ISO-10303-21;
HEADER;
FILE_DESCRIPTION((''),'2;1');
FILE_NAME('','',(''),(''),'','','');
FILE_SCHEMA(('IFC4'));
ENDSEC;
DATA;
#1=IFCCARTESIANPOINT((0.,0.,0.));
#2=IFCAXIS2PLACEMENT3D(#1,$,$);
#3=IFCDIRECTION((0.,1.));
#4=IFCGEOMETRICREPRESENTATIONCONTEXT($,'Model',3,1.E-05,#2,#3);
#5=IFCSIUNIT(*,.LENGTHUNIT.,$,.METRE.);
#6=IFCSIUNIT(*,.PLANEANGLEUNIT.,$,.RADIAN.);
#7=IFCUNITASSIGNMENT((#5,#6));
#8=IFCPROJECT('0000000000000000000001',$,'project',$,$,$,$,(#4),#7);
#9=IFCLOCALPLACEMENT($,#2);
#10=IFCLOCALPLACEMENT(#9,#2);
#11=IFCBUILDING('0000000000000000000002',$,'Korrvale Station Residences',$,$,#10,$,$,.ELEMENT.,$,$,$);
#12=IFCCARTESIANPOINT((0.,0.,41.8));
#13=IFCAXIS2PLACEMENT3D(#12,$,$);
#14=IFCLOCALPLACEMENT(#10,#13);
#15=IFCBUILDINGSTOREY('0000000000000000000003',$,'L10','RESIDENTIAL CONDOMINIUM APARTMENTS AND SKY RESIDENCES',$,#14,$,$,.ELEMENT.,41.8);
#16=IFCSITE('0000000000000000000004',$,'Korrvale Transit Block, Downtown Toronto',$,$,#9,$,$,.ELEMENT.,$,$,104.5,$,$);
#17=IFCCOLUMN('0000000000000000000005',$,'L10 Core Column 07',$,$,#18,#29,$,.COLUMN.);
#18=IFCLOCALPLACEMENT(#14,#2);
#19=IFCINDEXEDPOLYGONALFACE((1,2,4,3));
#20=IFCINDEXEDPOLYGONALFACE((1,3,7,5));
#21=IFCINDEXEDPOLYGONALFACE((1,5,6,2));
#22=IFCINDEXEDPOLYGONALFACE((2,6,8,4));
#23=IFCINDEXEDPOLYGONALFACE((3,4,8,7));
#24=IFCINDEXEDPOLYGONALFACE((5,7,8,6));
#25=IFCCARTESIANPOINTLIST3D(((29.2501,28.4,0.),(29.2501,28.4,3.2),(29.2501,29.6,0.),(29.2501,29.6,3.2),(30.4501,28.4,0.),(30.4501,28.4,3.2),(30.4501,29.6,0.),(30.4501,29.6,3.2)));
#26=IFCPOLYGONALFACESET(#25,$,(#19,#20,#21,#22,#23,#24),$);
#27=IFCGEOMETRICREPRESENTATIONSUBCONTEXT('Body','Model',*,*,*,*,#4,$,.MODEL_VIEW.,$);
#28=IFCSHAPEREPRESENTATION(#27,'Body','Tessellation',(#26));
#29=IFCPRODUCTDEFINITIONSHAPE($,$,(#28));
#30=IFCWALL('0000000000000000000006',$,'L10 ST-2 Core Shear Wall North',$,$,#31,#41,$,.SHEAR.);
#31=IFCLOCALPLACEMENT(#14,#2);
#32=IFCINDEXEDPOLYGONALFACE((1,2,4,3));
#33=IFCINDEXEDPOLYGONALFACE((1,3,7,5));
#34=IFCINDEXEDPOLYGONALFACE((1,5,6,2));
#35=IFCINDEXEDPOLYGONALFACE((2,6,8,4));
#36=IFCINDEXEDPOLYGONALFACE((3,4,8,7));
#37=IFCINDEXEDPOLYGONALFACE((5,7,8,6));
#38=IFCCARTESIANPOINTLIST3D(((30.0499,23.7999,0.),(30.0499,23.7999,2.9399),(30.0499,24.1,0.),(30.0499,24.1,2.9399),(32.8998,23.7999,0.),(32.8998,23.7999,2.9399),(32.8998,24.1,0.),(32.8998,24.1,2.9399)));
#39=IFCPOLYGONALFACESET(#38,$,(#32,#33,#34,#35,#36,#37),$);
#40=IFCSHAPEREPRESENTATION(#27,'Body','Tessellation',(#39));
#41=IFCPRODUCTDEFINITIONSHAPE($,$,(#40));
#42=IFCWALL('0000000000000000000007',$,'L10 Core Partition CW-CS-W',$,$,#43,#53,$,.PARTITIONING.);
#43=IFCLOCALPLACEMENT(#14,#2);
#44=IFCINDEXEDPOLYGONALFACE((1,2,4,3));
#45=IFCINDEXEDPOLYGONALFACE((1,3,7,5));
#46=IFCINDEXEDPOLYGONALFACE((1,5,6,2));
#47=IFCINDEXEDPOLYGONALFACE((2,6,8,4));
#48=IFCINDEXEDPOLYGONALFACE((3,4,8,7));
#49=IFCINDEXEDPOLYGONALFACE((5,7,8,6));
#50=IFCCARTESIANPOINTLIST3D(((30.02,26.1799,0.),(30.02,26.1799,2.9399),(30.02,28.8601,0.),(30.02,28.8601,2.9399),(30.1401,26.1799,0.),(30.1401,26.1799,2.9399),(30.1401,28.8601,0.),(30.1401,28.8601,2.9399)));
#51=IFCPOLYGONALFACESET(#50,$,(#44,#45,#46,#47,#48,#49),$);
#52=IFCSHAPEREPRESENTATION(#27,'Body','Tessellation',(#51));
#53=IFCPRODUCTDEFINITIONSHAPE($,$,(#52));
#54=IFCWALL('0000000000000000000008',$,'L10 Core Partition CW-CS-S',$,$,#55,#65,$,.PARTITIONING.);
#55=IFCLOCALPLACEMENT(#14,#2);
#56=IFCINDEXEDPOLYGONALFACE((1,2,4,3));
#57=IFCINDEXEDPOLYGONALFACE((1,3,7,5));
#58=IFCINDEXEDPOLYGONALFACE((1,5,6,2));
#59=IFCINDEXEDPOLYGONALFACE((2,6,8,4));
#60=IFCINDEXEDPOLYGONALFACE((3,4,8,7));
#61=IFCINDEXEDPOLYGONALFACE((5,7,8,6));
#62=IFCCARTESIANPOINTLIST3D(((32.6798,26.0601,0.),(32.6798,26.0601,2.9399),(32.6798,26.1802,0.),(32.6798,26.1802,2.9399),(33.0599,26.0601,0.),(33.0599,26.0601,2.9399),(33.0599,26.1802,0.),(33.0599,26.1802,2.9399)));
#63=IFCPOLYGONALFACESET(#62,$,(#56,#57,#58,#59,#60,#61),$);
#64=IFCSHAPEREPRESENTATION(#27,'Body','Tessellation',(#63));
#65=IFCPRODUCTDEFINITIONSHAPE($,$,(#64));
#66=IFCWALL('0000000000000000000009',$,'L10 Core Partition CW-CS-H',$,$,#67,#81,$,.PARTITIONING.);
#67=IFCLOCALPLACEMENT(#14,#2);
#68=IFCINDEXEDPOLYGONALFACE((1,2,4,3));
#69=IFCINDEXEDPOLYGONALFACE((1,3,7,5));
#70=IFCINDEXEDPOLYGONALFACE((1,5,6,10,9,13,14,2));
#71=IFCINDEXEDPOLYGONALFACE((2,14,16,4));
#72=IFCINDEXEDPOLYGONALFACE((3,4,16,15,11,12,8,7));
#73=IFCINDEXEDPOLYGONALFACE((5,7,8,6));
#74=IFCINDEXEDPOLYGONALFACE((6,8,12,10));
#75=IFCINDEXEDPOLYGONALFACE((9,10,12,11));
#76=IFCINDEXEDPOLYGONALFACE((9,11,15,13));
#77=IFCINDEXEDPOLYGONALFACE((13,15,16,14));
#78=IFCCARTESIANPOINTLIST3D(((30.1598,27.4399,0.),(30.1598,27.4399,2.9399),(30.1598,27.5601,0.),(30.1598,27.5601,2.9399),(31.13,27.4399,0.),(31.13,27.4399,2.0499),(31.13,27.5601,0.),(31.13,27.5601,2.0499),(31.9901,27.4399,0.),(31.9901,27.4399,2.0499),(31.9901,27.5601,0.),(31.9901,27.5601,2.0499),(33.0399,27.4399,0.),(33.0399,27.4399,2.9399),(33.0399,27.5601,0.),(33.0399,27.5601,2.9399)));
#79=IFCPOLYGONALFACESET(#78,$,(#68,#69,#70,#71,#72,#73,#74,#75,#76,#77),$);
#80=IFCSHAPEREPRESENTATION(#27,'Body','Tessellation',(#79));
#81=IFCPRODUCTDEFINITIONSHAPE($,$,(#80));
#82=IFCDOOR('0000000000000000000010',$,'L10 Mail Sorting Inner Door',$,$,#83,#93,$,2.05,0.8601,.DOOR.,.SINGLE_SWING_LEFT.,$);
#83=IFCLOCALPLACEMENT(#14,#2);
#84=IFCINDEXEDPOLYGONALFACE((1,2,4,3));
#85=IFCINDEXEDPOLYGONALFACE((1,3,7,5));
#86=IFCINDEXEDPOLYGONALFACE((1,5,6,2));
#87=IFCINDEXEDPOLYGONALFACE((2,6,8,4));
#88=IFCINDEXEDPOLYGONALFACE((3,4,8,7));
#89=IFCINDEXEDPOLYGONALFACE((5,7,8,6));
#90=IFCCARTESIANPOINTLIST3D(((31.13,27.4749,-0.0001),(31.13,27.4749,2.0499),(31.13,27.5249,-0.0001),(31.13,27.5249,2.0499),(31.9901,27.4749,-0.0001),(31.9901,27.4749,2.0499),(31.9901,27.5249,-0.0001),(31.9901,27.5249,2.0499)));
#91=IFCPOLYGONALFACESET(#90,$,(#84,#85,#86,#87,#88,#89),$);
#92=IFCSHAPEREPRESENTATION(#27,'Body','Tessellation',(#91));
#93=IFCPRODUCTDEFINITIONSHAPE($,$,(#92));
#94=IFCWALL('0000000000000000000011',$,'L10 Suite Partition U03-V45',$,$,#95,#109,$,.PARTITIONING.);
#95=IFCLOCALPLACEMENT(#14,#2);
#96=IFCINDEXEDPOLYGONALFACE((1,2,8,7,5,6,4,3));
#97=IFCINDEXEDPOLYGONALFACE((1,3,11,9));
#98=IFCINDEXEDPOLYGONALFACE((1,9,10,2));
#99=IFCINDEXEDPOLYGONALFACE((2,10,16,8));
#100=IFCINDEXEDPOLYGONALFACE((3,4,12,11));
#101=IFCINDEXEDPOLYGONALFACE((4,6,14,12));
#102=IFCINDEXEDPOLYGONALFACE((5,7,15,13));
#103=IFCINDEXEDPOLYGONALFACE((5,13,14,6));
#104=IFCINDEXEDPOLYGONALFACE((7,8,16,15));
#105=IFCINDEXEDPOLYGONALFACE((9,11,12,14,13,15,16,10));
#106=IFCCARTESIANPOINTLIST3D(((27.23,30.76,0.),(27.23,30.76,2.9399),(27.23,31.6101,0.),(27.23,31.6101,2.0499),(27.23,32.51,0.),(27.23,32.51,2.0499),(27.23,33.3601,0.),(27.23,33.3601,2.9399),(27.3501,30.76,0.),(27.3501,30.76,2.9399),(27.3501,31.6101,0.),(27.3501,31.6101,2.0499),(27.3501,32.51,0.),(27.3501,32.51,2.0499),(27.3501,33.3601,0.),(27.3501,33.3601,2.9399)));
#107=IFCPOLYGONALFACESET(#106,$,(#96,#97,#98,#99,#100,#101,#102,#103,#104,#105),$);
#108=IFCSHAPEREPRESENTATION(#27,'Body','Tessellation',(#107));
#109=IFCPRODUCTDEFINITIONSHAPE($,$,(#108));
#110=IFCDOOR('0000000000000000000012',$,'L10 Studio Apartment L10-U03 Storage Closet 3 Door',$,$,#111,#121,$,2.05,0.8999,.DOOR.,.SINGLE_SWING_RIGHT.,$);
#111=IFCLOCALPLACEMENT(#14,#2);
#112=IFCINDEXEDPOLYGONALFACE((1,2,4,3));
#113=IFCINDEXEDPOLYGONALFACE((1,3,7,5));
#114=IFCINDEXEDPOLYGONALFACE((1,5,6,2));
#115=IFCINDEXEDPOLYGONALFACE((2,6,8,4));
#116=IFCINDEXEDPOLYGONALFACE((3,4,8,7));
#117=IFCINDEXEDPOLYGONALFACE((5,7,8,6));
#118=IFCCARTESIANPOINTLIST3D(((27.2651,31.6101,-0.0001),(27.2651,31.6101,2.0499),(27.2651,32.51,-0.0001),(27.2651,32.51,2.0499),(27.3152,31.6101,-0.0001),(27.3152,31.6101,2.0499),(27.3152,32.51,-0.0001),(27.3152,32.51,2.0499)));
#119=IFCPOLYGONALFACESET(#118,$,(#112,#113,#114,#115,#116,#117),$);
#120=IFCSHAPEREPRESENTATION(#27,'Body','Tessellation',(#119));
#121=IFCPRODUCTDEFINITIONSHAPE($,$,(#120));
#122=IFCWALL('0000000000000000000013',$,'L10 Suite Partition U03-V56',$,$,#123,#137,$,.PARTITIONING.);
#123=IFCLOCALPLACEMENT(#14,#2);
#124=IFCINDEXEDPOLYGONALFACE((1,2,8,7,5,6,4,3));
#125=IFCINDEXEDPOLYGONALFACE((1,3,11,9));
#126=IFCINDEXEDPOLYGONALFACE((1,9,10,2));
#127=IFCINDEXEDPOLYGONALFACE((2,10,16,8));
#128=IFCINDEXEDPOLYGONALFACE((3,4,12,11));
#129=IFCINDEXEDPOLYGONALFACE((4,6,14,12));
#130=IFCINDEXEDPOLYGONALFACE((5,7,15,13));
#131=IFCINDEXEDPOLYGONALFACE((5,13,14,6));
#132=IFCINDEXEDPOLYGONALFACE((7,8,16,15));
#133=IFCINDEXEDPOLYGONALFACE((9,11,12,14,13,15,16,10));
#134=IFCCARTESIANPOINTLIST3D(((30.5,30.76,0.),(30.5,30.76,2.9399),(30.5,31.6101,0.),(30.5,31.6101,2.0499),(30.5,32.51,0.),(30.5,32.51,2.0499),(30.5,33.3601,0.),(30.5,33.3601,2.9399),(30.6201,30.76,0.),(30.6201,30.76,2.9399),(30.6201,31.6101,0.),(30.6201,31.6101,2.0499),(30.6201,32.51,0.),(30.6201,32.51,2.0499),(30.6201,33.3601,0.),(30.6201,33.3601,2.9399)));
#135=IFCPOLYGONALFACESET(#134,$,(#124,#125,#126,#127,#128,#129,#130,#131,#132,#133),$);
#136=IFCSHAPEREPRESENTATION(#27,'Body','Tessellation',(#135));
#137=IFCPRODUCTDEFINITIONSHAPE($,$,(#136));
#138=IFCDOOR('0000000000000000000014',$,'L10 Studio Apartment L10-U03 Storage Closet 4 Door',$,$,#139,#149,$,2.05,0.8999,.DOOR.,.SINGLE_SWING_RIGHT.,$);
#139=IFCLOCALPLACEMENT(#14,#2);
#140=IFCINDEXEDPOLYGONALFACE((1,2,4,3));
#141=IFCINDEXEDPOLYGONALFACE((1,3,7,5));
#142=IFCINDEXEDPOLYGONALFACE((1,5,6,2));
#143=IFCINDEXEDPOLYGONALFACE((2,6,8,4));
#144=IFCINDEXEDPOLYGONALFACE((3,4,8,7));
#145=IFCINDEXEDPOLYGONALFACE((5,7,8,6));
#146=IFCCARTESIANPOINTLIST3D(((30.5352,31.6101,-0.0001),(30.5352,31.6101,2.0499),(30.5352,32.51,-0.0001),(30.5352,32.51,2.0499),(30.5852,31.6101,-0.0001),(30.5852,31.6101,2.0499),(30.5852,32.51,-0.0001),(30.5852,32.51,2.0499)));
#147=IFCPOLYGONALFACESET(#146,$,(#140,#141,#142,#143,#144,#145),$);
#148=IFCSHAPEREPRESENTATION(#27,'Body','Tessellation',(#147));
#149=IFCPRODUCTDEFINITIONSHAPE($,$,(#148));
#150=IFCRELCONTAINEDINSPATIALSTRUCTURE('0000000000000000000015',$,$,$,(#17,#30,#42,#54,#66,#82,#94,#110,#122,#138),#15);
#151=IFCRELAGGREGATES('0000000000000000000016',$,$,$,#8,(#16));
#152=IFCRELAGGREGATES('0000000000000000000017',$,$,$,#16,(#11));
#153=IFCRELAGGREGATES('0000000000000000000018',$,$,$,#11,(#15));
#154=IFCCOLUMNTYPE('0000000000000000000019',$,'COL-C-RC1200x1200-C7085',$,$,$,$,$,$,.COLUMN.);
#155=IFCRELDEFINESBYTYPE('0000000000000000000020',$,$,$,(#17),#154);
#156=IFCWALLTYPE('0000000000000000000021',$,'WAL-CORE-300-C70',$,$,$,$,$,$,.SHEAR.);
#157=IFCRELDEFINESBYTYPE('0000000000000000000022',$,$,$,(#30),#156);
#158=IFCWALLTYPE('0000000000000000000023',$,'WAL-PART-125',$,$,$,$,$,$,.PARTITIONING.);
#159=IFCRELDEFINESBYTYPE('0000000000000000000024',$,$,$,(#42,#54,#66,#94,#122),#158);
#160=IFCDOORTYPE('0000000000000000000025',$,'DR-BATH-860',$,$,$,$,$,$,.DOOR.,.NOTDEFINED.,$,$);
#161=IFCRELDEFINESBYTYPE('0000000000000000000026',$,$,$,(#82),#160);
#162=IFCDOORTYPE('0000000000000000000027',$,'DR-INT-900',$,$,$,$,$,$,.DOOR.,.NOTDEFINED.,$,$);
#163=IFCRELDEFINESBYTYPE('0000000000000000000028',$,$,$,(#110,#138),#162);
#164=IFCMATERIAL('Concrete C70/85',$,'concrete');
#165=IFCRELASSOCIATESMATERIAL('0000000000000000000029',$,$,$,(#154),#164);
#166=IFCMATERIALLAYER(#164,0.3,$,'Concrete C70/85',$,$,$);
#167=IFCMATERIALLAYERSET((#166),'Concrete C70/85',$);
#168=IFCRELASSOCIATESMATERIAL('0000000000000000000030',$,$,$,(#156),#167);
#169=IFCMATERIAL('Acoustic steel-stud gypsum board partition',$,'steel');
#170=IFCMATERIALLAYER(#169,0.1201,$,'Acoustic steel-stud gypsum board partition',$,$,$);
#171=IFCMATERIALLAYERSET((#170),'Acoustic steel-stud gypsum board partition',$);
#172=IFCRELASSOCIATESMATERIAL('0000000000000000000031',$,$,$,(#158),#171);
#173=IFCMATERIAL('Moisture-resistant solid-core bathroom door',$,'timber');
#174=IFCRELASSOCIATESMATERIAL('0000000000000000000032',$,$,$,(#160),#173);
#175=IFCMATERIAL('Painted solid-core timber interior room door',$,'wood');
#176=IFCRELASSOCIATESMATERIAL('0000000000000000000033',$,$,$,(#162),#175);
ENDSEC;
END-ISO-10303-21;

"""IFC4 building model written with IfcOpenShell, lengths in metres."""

from ifc_helpers import new_model, si_unit, direction, frame, frame_2d, origin, origin_2d, place, context, subcontext, project, spatial, rectangle, extrude, material, layer, layer_set, material_profile, profile_set, type_object, element, fill, save


model = new_model("IFC4")

# Units and contexts
model_context = context("Model", 3, precision=1e-05, world=origin(), true_north=direction((0.0, 1.0)))
body_context = subcontext(model_context, "Body", "Model", "MODEL_VIEW")
ifc_project = project(units=[si_unit("LENGTHUNIT", "METRE"), si_unit("PLANEANGLEUNIT", "RADIAN")], contexts=[model_context])

# Site, building, storey
site_placement = place(None, origin())
site = spatial("IfcSite", under=ifc_project, at=site_placement, Name="Korrvale Transit Block, Downtown Toronto", CompositionType="ELEMENT", RefElevation=104.5)
building_placement = place(site_placement, origin())
building = spatial("IfcBuilding", under=site, at=building_placement, Name="Korrvale Station Residences", CompositionType="ELEMENT")
storey_placement = place(building_placement, frame((0.0, 0.0, 41.8)))
storey = spatial("IfcBuildingStorey", under=building, at=storey_placement, Name="L10", Description="RESIDENTIAL CONDOMINIUM APARTMENTS AND SKY RESIDENCES", CompositionType="ELEMENT", Elevation=41.8)

# Column
ifc_material_1 = material(Name="Concrete C70/85", Category="concrete")
ifc_material_profile = material_profile(ifc_material_1, rectangle(XDim=1.2, YDim=1.2, at=origin_2d()), Name="RC1200x1200")
ifc_profile_set = profile_set([ifc_material_profile], Name="Concrete C70/85")
column_type = type_object("IfcColumnType", Name="COL-C-RC1200x1200-C7085", PredefinedType="COLUMN", material=ifc_profile_set)
column_placement = place(storey_placement, frame((29.8501, 29.0, 0.0), z_axis=(0.0, 0.0, 1.0), x_axis=(1.0, 0.0, 0.0)))
element("IfcColumn", 1, at=column_placement, inside=storey, type_object=column_type, Name="L10 Core Column 07", PredefinedType="COLUMN", context=body_context, shape_type="SweptSolid", body=[
    extrude(rectangle(XDim=1.2, YDim=1.2, at=origin_2d()), origin(), (0.0, 0.0, 1.0), 3.2),
])

# Walls
ifc_layer_1 = layer(ifc_material_1, 0.3, Name="Concrete C70/85")
ifc_layer_set_1 = layer_set([ifc_layer_1], Name="Concrete C70/85")
wall_type_1 = type_object("IfcWallType", Name="WAL-CORE-300-C70", PredefinedType="SHEAR", material=ifc_layer_set_1)
wall_1_placement = place(storey_placement, frame((30.05, 23.95, 0.0), z_axis=(0.0, 0.0, 1.0), x_axis=(1.0, 0.0, 0.0)))
element("IfcWall", 2, at=wall_1_placement, inside=storey, type_object=wall_type_1, Name="L10 ST-2 Core Shear Wall North", PredefinedType="SHEAR", context=body_context, shape_type="SweptSolid", body=[
    extrude(rectangle(XDim=2.8499, YDim=0.3, at=frame_2d((1.4248, 0.0))), origin(), (0.0, 0.0, 1.0), 2.9399),
])
ifc_material_2 = material(Name="Acoustic steel-stud gypsum board partition", Category="steel")
ifc_layer_2 = layer(ifc_material_2, 0.1201, Name="Acoustic steel-stud gypsum board partition")
ifc_layer_set_2 = layer_set([ifc_layer_2], Name="Acoustic steel-stud gypsum board partition")
wall_type_2 = type_object("IfcWallType", Name="WAL-PART-125", PredefinedType="PARTITIONING", material=ifc_layer_set_2)
wall_2_placement = place(storey_placement, frame((30.0801, 26.1799, 0.0), z_axis=(0.0, 0.0, 1.0), x_axis=(0.0, 1.0, 0.0)))
element("IfcWall", 3, at=wall_2_placement, inside=storey, type_object=wall_type_2, Name="L10 Core Partition CW-CS-W", PredefinedType="PARTITIONING", context=body_context, shape_type="SweptSolid", body=[
    extrude(rectangle(XDim=2.6802, YDim=0.1201, at=frame_2d((1.3401, 0.0))), origin(), (0.0, 0.0, 1.0), 2.9399),
])
wall_3_placement = place(storey_placement, frame((32.6799, 26.1201, 0.0), z_axis=(0.0, 0.0, 1.0), x_axis=(1.0, 0.0, 0.0)))
element("IfcWall", 4, at=wall_3_placement, inside=storey, type_object=wall_type_2, Name="L10 Core Partition CW-CS-S", PredefinedType="PARTITIONING", context=body_context, shape_type="SweptSolid", body=[
    extrude(rectangle(XDim=0.3801, YDim=0.1201, at=frame_2d((0.1899, 0.0))), origin(), (0.0, 0.0, 1.0), 2.9399),
])

# Walls, openings, doors
wall_4_placement = place(storey_placement, frame((30.1599, 27.5, 0.0), z_axis=(0.0, 0.0, 1.0), x_axis=(1.0, 0.0, 0.0)))
wall_4 = element("IfcWall", 5, at=wall_4_placement, inside=storey, type_object=wall_type_2, Name="L10 Core Partition CW-CS-H", PredefinedType="PARTITIONING", context=body_context, shape_type="SweptSolid", body=[
    extrude(rectangle(XDim=2.8801, YDim=0.1201, at=frame_2d((1.4399, 0.0))), origin(), (0.0, 0.0, 1.0), 2.9399),
])
opening_1_placement = place(wall_4_placement, frame((0.97, 0.0, 0.0)))
opening_1 = element("IfcOpeningElement", 6, at=opening_1_placement, cuts=wall_4, PredefinedType="OPENING", context=body_context, shape_type="SweptSolid", body=[
    extrude(rectangle(XDim=0.8601, YDim=2.05, at=frame_2d((0.4302, 1.0249))), frame((0.0, 0.0701, 0.0), z_axis=(0.0, -1.0, 0.0), x_axis=(1.0, 0.0, 0.0)), (0.0, 0.0, 1.0), 0.1401),
])
ifc_material_3 = material(Name="Moisture-resistant solid-core bathroom door", Category="timber")
door_type_1 = type_object("IfcDoorType", Name="DR-BATH-860", OperationType="NOTDEFINED", PredefinedType="DOOR", material=ifc_material_3)
door_1_placement = place(opening_1_placement, origin())
door_1 = element("IfcDoor", 7, at=door_1_placement, inside=storey, type_object=door_type_1, Name="L10 Mail Sorting Inner Door", OperationType="SINGLE_SWING_LEFT", OverallHeight=2.05, OverallWidth=0.8601, PredefinedType="DOOR", context=body_context, shape_type="SweptSolid", body=[
    extrude(rectangle(XDim=0.8601, YDim=2.05, at=frame_2d((0.4302, 1.0249))), frame((0.0, 0.0249, 0.0), z_axis=(0.0, -1.0, 0.0), x_axis=(1.0, 0.0, 0.0)), (0.0, 0.0, 1.0), 0.05),
])
fill(opening_1, door_1)
wall_5_placement = place(storey_placement, frame((27.29, 30.76, 0.0), z_axis=(0.0, 0.0, 1.0), x_axis=(0.0, 1.0, 0.0)))
wall_5 = element("IfcWall", 8, at=wall_5_placement, inside=storey, type_object=wall_type_2, Name="L10 Suite Partition U03-V45", PredefinedType="PARTITIONING", context=body_context, shape_type="SweptSolid", body=[
    extrude(rectangle(XDim=2.6001, YDim=0.1201, at=frame_2d((1.3, 0.0))), origin(), (0.0, 0.0, 1.0), 2.9399),
])
opening_2_placement = place(wall_5_placement, frame((0.8501, 0.0, 0.0)))
opening_2 = element("IfcOpeningElement", 9, at=opening_2_placement, cuts=wall_5, PredefinedType="OPENING", context=body_context, shape_type="SweptSolid", body=[
    extrude(rectangle(XDim=0.8999, YDim=2.05, at=frame_2d((0.45, 1.0249))), frame((0.0, 0.0701, 0.0), z_axis=(0.0, -1.0, 0.0), x_axis=(1.0, 0.0, 0.0)), (0.0, 0.0, 1.0), 0.1401),
])
ifc_material_4 = material(Name="Painted solid-core timber interior room door", Category="wood")
door_type_2 = type_object("IfcDoorType", Name="DR-INT-900", OperationType="NOTDEFINED", PredefinedType="DOOR", material=ifc_material_4)
door_2_placement = place(opening_2_placement, origin())
door_2 = element("IfcDoor", 10, at=door_2_placement, inside=storey, type_object=door_type_2, Name="L10 Studio Apartment L10-U03 Storage Closet 3 Door", OperationType="SINGLE_SWING_RIGHT", OverallHeight=2.05, OverallWidth=0.8999, PredefinedType="DOOR", context=body_context, shape_type="SweptSolid", body=[
    extrude(rectangle(XDim=0.8999, YDim=2.05, at=frame_2d((0.45, 1.0249))), frame((0.0, 0.0249, 0.0), z_axis=(0.0, -1.0, 0.0), x_axis=(1.0, 0.0, 0.0)), (0.0, 0.0, 1.0), 0.05),
])
fill(opening_2, door_2)
wall_6_placement = place(storey_placement, frame((30.5601, 30.76, 0.0), z_axis=(0.0, 0.0, 1.0), x_axis=(0.0, 1.0, 0.0)))
wall_6 = element("IfcWall", 11, at=wall_6_placement, inside=storey, type_object=wall_type_2, Name="L10 Suite Partition U03-V56", PredefinedType="PARTITIONING", context=body_context, shape_type="SweptSolid", body=[
    extrude(rectangle(XDim=2.6001, YDim=0.1201, at=frame_2d((1.3, 0.0))), origin(), (0.0, 0.0, 1.0), 2.9399),
])
opening_3_placement = place(wall_6_placement, frame((0.8501, 0.0, 0.0)))
opening_3 = element("IfcOpeningElement", 12, at=opening_3_placement, cuts=wall_6, PredefinedType="OPENING", context=body_context, shape_type="SweptSolid", body=[
    extrude(rectangle(XDim=0.8999, YDim=2.05, at=frame_2d((0.45, 1.0249))), frame((0.0, 0.0701, 0.0), z_axis=(0.0, -1.0, 0.0), x_axis=(1.0, 0.0, 0.0)), (0.0, 0.0, 1.0), 0.1401),
])
door_3_placement = place(opening_3_placement, origin())
door_3 = element("IfcDoor", 13, at=door_3_placement, inside=storey, type_object=door_type_2, Name="L10 Studio Apartment L10-U03 Storage Closet 4 Door", OperationType="SINGLE_SWING_RIGHT", OverallHeight=2.05, OverallWidth=0.8999, PredefinedType="DOOR", context=body_context, shape_type="SweptSolid", body=[
    extrude(rectangle(XDim=0.8999, YDim=2.05, at=frame_2d((0.45, 1.0249))), frame((0.0, 0.0249, 0.0), z_axis=(0.0, -1.0, 0.0), x_axis=(1.0, 0.0, 0.0)), (0.0, 0.0, 1.0), 0.05),
])
fill(opening_3, door_3)

save(model, "model.ifc")
